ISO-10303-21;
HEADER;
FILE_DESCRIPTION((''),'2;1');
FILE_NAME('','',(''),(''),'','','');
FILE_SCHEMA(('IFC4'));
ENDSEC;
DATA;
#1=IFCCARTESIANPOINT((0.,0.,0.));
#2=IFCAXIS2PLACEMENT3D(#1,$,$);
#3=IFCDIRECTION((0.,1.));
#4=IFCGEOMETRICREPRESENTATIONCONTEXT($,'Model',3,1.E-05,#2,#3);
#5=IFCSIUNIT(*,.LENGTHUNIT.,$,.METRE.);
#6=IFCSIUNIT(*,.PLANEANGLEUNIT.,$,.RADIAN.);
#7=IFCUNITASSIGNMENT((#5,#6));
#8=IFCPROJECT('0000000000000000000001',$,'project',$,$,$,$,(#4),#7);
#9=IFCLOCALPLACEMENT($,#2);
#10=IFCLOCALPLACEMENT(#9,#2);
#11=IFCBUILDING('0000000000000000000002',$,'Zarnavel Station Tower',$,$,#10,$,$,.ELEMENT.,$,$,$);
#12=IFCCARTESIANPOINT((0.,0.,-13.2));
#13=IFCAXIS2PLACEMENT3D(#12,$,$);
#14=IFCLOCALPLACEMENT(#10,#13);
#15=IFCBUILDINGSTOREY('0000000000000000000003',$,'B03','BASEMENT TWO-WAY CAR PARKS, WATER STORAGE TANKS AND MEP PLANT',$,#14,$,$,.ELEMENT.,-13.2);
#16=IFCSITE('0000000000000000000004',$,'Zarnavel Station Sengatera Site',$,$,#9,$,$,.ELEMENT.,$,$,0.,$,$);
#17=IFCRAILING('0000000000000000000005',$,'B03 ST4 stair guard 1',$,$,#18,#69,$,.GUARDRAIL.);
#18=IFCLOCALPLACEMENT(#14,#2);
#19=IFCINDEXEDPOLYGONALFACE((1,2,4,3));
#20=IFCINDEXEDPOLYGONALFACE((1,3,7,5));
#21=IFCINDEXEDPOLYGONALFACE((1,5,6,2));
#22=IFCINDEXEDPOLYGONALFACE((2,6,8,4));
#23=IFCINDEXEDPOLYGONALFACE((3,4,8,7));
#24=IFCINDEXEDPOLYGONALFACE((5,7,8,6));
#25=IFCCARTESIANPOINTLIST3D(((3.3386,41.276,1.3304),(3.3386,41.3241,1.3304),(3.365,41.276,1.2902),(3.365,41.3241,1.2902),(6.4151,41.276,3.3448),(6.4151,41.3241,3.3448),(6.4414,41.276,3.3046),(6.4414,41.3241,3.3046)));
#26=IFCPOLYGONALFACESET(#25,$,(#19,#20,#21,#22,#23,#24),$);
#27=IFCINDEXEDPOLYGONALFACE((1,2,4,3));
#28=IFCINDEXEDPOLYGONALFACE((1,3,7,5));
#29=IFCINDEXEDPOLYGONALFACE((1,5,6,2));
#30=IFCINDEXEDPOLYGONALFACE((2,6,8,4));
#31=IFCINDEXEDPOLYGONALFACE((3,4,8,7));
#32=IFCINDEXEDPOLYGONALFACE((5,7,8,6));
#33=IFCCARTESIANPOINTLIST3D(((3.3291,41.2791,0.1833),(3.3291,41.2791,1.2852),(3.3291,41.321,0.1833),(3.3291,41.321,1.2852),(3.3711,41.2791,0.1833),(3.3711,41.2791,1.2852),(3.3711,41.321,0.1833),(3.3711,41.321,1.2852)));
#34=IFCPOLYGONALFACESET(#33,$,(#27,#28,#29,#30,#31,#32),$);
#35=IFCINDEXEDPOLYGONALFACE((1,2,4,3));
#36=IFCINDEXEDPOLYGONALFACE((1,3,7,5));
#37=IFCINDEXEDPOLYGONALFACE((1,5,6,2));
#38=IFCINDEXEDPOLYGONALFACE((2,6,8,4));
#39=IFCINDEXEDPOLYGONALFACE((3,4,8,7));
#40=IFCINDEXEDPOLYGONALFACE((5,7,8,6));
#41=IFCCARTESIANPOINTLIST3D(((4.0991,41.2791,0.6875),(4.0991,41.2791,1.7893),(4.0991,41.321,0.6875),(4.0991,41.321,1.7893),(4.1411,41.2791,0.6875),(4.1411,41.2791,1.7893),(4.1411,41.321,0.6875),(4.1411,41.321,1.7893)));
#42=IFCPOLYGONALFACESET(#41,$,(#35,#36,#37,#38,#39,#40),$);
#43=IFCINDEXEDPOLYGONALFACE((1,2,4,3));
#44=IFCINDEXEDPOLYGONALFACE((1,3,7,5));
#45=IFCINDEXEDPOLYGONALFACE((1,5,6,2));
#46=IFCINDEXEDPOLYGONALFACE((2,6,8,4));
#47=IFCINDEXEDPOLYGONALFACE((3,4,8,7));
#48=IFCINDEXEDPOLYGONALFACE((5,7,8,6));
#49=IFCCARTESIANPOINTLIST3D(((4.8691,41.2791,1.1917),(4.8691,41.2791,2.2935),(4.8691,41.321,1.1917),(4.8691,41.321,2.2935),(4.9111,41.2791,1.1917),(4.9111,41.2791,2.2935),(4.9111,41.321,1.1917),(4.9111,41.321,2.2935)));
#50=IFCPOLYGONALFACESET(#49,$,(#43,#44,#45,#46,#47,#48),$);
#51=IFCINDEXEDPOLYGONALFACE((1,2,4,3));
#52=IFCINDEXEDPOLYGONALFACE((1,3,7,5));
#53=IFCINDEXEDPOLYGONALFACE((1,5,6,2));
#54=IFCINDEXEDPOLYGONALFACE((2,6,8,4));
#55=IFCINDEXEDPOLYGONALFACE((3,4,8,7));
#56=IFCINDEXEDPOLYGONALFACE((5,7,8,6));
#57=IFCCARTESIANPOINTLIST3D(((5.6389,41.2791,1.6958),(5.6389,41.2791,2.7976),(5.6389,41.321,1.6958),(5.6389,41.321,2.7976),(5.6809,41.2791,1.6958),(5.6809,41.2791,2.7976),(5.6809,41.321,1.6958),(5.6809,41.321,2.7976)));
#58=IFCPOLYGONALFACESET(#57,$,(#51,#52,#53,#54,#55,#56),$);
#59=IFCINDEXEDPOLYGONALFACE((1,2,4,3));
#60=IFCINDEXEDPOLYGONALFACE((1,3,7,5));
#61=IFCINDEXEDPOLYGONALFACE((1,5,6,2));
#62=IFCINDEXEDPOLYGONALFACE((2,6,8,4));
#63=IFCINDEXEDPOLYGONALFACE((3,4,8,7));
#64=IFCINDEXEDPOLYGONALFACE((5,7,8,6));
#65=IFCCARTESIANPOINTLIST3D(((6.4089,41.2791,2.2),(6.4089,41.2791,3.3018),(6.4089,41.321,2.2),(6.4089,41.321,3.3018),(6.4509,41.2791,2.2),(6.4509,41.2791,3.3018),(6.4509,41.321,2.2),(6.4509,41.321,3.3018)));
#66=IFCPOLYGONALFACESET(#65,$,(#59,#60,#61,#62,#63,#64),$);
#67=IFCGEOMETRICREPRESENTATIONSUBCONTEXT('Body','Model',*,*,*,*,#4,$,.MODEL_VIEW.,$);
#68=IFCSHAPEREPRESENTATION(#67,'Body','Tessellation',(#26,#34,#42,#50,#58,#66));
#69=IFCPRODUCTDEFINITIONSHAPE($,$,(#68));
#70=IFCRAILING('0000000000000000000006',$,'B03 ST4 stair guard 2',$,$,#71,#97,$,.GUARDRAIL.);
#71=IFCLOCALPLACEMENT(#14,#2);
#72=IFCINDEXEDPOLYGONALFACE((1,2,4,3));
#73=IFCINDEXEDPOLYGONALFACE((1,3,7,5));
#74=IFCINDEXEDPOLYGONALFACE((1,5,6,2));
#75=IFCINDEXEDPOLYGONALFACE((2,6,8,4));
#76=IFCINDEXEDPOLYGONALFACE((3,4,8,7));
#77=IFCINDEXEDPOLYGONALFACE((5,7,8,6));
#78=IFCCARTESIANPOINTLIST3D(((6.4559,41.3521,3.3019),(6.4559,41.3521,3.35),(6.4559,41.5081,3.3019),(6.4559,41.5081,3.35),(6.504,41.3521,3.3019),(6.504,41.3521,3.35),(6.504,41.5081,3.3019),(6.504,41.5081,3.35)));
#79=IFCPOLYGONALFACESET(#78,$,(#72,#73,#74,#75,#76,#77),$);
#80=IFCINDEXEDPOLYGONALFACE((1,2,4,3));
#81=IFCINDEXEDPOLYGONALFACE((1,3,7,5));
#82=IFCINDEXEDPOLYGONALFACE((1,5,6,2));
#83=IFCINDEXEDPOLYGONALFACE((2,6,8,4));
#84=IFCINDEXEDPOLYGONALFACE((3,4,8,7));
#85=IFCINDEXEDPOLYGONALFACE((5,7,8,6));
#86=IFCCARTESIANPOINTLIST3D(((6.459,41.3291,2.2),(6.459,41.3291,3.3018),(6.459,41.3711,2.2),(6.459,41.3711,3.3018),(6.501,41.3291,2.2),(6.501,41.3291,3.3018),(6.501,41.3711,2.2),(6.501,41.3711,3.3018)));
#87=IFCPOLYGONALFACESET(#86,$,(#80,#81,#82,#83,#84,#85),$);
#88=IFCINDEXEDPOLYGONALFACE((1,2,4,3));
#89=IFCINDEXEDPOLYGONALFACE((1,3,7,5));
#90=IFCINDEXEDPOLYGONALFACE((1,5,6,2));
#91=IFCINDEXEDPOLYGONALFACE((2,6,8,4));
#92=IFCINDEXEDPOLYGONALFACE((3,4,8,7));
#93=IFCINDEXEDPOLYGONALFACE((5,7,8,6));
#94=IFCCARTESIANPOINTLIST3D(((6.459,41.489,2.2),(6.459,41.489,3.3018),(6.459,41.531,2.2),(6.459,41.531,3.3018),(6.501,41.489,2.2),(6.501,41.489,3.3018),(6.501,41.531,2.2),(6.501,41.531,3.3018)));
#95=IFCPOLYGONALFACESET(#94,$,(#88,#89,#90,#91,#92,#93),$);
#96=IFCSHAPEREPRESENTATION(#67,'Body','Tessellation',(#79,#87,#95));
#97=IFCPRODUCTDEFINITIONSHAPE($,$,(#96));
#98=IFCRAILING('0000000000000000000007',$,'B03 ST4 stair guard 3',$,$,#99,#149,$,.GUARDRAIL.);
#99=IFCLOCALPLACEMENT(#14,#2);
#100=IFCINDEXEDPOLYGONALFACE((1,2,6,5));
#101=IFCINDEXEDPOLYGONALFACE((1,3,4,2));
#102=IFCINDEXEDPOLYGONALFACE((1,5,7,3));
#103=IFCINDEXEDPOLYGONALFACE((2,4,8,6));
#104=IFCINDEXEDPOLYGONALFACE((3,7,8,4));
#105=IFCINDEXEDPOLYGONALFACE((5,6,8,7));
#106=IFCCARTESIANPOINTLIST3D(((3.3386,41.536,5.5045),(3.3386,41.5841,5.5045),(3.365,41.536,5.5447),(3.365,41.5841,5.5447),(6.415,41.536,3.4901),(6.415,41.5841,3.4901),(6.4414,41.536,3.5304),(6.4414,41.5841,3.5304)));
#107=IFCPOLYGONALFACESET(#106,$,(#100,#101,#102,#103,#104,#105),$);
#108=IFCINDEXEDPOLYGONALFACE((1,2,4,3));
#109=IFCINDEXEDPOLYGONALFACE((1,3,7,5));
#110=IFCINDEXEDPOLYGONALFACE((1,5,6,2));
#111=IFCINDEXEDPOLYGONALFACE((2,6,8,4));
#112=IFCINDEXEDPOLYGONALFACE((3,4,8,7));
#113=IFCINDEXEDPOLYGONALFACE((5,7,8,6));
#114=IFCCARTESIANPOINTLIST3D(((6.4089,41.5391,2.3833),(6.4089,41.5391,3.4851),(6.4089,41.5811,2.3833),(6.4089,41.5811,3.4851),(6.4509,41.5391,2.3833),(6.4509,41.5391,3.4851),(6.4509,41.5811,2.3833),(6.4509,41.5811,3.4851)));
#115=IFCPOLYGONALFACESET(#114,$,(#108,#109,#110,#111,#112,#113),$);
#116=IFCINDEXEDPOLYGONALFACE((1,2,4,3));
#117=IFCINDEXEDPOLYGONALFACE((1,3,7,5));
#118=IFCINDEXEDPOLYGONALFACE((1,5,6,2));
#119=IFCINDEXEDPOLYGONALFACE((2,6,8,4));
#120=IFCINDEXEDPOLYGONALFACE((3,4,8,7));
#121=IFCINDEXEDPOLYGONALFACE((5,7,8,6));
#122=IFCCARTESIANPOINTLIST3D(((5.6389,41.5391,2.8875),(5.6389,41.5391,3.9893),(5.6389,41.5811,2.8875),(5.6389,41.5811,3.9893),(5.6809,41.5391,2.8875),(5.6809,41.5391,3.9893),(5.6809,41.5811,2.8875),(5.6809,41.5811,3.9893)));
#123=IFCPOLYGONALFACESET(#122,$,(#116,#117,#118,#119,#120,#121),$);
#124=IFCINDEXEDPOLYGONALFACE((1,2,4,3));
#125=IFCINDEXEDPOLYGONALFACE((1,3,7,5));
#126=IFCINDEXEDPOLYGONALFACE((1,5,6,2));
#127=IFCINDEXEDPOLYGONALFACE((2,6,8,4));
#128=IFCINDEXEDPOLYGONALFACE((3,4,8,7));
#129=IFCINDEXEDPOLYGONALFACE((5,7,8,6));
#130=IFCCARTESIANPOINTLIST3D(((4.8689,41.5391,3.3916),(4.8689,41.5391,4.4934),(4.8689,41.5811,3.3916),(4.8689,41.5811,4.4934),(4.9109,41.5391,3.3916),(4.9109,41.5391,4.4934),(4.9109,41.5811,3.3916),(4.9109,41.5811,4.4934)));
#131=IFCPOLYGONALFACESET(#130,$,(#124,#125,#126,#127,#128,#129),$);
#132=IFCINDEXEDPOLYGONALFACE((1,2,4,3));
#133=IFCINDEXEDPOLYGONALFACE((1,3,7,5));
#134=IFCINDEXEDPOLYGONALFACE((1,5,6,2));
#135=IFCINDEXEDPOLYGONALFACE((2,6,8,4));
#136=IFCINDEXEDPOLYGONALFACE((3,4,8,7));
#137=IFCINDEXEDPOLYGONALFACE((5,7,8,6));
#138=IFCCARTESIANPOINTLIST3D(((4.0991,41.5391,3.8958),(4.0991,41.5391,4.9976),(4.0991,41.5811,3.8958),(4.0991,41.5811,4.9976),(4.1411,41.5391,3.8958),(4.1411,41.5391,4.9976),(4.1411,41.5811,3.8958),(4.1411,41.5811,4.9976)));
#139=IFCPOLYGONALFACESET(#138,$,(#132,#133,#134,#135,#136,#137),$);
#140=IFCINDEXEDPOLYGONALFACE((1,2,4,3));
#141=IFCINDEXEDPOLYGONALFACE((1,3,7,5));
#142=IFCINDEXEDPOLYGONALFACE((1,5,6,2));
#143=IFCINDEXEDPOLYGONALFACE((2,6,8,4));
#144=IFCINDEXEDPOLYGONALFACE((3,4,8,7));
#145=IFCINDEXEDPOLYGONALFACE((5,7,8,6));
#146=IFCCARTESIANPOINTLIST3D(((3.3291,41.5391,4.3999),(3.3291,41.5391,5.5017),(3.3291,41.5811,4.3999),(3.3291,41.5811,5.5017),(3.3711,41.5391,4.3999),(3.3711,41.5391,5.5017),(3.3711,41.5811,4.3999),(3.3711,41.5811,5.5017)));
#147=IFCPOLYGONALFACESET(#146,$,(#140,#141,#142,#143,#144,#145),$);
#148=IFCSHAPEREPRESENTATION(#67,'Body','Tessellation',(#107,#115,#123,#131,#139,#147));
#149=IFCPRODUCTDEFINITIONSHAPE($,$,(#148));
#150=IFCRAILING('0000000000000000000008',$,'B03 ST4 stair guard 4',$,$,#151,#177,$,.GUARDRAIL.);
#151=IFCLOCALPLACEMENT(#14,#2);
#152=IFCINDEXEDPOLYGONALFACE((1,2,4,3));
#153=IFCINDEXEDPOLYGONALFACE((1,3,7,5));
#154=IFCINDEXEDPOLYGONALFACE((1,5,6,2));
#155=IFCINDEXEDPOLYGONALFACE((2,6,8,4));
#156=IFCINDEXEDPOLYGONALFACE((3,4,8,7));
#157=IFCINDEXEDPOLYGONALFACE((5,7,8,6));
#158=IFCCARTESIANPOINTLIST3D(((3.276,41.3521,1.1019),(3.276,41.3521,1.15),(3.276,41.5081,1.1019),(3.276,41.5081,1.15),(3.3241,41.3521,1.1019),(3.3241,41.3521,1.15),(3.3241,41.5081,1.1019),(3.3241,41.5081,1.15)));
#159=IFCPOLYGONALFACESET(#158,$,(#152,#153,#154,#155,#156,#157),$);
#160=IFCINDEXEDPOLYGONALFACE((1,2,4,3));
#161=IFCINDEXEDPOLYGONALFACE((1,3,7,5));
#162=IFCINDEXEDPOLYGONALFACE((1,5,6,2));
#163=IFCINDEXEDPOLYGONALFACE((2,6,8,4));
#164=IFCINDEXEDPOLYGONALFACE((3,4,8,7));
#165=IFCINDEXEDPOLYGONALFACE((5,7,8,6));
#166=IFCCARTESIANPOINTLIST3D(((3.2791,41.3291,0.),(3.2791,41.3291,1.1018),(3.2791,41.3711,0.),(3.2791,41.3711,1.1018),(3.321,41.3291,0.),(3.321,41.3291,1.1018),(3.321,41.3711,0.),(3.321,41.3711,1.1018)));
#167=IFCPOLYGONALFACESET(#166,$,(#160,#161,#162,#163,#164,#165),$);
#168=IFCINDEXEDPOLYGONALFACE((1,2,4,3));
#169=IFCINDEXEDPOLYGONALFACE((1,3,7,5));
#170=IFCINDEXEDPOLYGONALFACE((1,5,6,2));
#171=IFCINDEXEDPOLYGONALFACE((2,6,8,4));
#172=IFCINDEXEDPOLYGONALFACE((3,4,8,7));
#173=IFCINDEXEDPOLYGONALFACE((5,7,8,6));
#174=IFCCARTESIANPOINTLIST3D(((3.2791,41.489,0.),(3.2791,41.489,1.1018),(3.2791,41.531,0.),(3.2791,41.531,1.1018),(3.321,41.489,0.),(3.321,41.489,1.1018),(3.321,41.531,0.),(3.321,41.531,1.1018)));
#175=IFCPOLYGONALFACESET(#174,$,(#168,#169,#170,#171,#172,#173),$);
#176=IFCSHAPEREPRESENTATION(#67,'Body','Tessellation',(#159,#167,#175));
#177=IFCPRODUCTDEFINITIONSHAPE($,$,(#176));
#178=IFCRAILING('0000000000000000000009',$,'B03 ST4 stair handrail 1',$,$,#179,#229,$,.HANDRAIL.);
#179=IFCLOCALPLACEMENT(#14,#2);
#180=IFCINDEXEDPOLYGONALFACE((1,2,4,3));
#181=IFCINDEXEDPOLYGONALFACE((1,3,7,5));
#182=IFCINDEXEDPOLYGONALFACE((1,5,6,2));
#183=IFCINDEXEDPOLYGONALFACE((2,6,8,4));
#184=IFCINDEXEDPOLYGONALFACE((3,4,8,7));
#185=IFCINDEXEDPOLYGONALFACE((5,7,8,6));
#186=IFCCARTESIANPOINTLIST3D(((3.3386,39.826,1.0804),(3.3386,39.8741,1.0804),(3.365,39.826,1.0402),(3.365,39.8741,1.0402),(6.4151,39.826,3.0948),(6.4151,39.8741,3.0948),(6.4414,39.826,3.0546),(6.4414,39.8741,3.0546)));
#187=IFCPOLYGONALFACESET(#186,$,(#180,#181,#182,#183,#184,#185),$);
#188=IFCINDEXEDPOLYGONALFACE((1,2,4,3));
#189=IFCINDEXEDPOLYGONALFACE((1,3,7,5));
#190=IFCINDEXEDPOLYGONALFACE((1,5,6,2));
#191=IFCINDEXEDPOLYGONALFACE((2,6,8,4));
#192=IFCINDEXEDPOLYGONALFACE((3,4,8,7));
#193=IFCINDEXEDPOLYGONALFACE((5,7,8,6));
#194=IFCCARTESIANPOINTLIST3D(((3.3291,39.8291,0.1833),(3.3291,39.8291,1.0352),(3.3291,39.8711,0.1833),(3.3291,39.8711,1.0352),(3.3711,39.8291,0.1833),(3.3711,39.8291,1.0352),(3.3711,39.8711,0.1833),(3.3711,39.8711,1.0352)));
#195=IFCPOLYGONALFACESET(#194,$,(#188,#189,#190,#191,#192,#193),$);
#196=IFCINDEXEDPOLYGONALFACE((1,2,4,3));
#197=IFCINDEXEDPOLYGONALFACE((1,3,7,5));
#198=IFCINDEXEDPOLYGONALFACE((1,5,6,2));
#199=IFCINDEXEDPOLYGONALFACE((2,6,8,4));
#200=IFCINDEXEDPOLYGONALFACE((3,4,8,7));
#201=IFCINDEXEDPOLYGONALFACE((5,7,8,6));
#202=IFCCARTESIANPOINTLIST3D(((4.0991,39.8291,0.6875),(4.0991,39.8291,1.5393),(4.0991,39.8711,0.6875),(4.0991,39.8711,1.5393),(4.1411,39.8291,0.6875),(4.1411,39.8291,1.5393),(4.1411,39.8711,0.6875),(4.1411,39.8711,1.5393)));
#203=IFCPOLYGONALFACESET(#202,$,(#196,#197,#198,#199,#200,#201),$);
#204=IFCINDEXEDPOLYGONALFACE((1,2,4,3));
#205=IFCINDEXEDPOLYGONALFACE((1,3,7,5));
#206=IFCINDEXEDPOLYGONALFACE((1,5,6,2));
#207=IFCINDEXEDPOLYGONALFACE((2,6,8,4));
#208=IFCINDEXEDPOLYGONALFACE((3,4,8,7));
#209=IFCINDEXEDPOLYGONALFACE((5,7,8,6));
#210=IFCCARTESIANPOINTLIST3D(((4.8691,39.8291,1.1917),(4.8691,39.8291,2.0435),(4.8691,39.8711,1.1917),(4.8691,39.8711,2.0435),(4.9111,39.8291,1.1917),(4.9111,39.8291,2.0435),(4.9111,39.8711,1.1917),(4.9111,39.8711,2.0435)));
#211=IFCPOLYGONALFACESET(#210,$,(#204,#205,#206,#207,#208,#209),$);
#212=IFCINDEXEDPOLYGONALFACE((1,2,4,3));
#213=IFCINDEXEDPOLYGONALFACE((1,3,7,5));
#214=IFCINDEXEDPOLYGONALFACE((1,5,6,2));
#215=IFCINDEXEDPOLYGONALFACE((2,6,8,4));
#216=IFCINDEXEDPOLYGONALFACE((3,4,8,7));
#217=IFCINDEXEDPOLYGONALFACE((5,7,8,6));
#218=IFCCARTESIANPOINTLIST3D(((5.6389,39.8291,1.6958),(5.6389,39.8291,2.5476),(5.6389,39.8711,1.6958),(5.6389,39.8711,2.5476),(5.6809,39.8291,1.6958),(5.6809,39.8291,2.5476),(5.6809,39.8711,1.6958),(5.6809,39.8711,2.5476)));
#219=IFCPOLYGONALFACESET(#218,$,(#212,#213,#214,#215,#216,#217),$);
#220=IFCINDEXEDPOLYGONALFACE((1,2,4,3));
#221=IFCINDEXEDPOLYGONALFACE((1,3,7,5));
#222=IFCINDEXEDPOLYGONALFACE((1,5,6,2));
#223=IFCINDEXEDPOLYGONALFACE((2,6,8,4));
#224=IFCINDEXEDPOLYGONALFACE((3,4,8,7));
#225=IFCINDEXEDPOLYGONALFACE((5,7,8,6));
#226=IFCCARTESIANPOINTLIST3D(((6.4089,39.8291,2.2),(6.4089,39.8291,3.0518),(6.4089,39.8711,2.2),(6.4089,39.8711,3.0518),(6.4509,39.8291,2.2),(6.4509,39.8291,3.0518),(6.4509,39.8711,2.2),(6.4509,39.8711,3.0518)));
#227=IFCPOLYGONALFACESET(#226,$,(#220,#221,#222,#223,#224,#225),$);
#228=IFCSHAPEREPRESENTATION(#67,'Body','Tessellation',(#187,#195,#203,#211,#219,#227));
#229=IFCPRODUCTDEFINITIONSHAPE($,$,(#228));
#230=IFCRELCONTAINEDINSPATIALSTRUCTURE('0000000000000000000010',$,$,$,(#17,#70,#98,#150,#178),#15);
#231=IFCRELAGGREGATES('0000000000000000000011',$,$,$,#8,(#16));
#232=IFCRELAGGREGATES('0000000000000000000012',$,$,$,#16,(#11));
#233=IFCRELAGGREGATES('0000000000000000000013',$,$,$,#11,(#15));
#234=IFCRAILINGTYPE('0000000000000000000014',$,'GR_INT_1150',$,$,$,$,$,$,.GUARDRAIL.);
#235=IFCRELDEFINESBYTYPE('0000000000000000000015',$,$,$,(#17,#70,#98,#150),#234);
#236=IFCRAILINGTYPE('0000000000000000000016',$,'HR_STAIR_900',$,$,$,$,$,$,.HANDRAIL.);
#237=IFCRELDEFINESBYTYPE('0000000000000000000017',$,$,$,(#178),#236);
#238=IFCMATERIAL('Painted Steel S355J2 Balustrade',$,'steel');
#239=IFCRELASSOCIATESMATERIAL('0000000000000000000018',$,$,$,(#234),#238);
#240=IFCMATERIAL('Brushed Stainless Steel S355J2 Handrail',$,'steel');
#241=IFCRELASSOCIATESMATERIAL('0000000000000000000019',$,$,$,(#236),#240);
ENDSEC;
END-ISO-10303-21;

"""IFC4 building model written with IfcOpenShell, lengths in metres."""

from ifc_helpers import new_model, si_unit, direction, frame, origin, origin_2d, place, context, subcontext, project, spatial, rectangle, extrude, material, type_object, element, save


model = new_model("IFC4")

# Units and contexts
model_context = context("Model", 3, precision=1e-05, world=origin(), true_north=direction((0.0, 1.0)))
body_context = subcontext(model_context, "Body", "Model", "MODEL_VIEW")
ifc_project = project(units=[si_unit("LENGTHUNIT", "METRE"), si_unit("PLANEANGLEUNIT", "RADIAN")], contexts=[model_context])

# Site, building, storey
site_placement = place(None, origin())
site = spatial("IfcSite", under=ifc_project, at=site_placement, Name="Zarnavel Station Sengatera Site", CompositionType="ELEMENT", RefElevation=0.0)
building_placement = place(site_placement, origin())
building = spatial("IfcBuilding", under=site, at=building_placement, Name="Zarnavel Station Tower", CompositionType="ELEMENT")
storey_placement = place(building_placement, frame((0.0, 0.0, -13.2)))
storey = spatial("IfcBuildingStorey", under=building, at=storey_placement, Name="B03", Description="BASEMENT TWO-WAY CAR PARKS, WATER STORAGE TANKS AND MEP PLANT", CompositionType="ELEMENT", Elevation=-13.2)

# Railings
ifc_material_1 = material(Name="Painted Steel S355J2 Balustrade", Category="steel")
railing_type_1 = type_object("IfcRailingType", Name="GR_INT_1150", PredefinedType="GUARDRAIL", material=ifc_material_1)
railing_1_placement = place(storey_placement, frame((3.3501, 41.3, 0.1833)))
element("IfcRailing", 1, at=railing_1_placement, inside=storey, type_object=railing_type_1, Name="B03 ST4 stair guard 1", PredefinedType="GUARDRAIL", context=body_context, shape_type="SweptSolid", body=[
    extrude(rectangle(XDim=0.0481, YDim=0.0481, at=origin_2d()), frame((0.0017, 0.0, 1.127), z_axis=(0.836613, 0.0, 0.547794), x_axis=(0.0, 1.0, 0.0)), (0.0, 0.0, 1.0), 3.6772),
    extrude(rectangle(XDim=0.042, YDim=0.042, at=origin_2d()), origin(), (0.0, 0.0, 1.0), 1.1018),
    extrude(rectangle(XDim=0.042, YDim=0.042, at=origin_2d()), frame((0.77, 0.0, 0.5042)), (0.0, 0.0, 1.0), 1.1018),
    extrude(rectangle(XDim=0.042, YDim=0.042, at=origin_2d()), frame((1.54, 0.0, 1.0083)), (0.0, 0.0, 1.0), 1.1018),
    extrude(rectangle(XDim=0.042, YDim=0.042, at=origin_2d()), frame((2.3098, 0.0, 1.5125)), (0.0, 0.0, 1.0), 1.1018),
    extrude(rectangle(XDim=0.042, YDim=0.042, at=origin_2d()), frame((3.0798, 0.0, 2.0166)), (0.0, 0.0, 1.0), 1.1018),
])
railing_2_placement = place(storey_placement, frame((6.48, 41.3501, 2.2)))
element("IfcRailing", 2, at=railing_2_placement, inside=storey, type_object=railing_type_1, Name="B03 ST4 stair guard 2", PredefinedType="GUARDRAIL", context=body_context, shape_type="SweptSolid", body=[
    extrude(rectangle(XDim=0.0481, YDim=0.0481, at=origin_2d()), frame((0.0, 0.002, 1.126), z_axis=(0.0, 1.0, 0.0), x_axis=(-1.0, 0.0, 0.0)), (0.0, 0.0, 1.0), 0.156),
    extrude(rectangle(XDim=0.042, YDim=0.042, at=origin_2d()), origin(), (0.0, 0.0, 1.0), 1.1018),
    extrude(rectangle(XDim=0.042, YDim=0.042, at=origin_2d()), frame((0.0, 0.1599, 0.0)), (0.0, 0.0, 1.0), 1.1018),
])
railing_3_placement = place(storey_placement, frame((6.4299, 41.5601, 2.3833)))
element("IfcRailing", 3, at=railing_3_placement, inside=storey, type_object=railing_type_1, Name="B03 ST4 stair guard 3", PredefinedType="GUARDRAIL", context=body_context, shape_type="SweptSolid", body=[
    extrude(rectangle(XDim=0.0481, YDim=0.0481, at=origin_2d()), frame((-0.0017, 0.0, 1.127), z_axis=(-0.836613, 0.0, 0.547794), x_axis=(0.0, -1.0, 0.0)), (0.0, 0.0, 1.0), 3.6772),
    extrude(rectangle(XDim=0.042, YDim=0.042, at=origin_2d()), origin(), (0.0, 0.0, 1.0), 1.1018),
    extrude(rectangle(XDim=0.042, YDim=0.042, at=origin_2d()), frame((-0.77, 0.0, 0.5042)), (0.0, 0.0, 1.0), 1.1018),
    extrude(rectangle(XDim=0.042, YDim=0.042, at=origin_2d()), frame((-1.54, 0.0, 1.0083)), (0.0, 0.0, 1.0), 1.1018),
    extrude(rectangle(XDim=0.042, YDim=0.042, at=origin_2d()), frame((-2.3098, 0.0, 1.5125)), (0.0, 0.0, 1.0), 1.1018),
    extrude(rectangle(XDim=0.042, YDim=0.042, at=origin_2d()), frame((-3.0798, 0.0, 2.0166)), (0.0, 0.0, 1.0), 1.1018),
])
railing_4_placement = place(storey_placement, frame((3.3, 41.3501, 0.0)))
element("IfcRailing", 4, at=railing_4_placement, inside=storey, type_object=railing_type_1, Name="B03 ST4 stair guard 4", PredefinedType="GUARDRAIL", context=body_context, shape_type="SweptSolid", body=[
    extrude(rectangle(XDim=0.0481, YDim=0.0481, at=origin_2d()), frame((0.0, 0.002, 1.126), z_axis=(0.0, 1.0, 0.0), x_axis=(-1.0, 0.0, 0.0)), (0.0, 0.0, 1.0), 0.156),
    extrude(rectangle(XDim=0.042, YDim=0.042, at=origin_2d()), origin(), (0.0, 0.0, 1.0), 1.1018),
    extrude(rectangle(XDim=0.042, YDim=0.042, at=origin_2d()), frame((0.0, 0.1599, 0.0)), (0.0, 0.0, 1.0), 1.1018),
])
ifc_material_2 = material(Name="Brushed Stainless Steel S355J2 Handrail", Category="steel")
railing_type_2 = type_object("IfcRailingType", Name="HR_STAIR_900", PredefinedType="HANDRAIL", material=ifc_material_2)
railing_5_placement = place(storey_placement, frame((3.3501, 39.8501, 0.1833)))
element("IfcRailing", 5, at=railing_5_placement, inside=storey, type_object=railing_type_2, Name="B03 ST4 stair handrail 1", PredefinedType="HANDRAIL", context=body_context, shape_type="SweptSolid", body=[
    extrude(rectangle(XDim=0.0481, YDim=0.0481, at=origin_2d()), frame((0.0017, 0.0, 0.877), z_axis=(0.836613, 0.0, 0.547794), x_axis=(0.0, 1.0, 0.0)), (0.0, 0.0, 1.0), 3.6772),
    extrude(rectangle(XDim=0.042, YDim=0.042, at=origin_2d()), origin(), (0.0, 0.0, 1.0), 0.8518),
    extrude(rectangle(XDim=0.042, YDim=0.042, at=origin_2d()), frame((0.77, 0.0, 0.5042)), (0.0, 0.0, 1.0), 0.8518),
    extrude(rectangle(XDim=0.042, YDim=0.042, at=origin_2d()), frame((1.54, 0.0, 1.0083)), (0.0, 0.0, 1.0), 0.8518),
    extrude(rectangle(XDim=0.042, YDim=0.042, at=origin_2d()), frame((2.3098, 0.0, 1.5125)), (0.0, 0.0, 1.0), 0.8518),
    extrude(rectangle(XDim=0.042, YDim=0.042, at=origin_2d()), frame((3.0798, 0.0, 2.0166)), (0.0, 0.0, 1.0), 0.8518),
])

save(model, "model.ifc")
